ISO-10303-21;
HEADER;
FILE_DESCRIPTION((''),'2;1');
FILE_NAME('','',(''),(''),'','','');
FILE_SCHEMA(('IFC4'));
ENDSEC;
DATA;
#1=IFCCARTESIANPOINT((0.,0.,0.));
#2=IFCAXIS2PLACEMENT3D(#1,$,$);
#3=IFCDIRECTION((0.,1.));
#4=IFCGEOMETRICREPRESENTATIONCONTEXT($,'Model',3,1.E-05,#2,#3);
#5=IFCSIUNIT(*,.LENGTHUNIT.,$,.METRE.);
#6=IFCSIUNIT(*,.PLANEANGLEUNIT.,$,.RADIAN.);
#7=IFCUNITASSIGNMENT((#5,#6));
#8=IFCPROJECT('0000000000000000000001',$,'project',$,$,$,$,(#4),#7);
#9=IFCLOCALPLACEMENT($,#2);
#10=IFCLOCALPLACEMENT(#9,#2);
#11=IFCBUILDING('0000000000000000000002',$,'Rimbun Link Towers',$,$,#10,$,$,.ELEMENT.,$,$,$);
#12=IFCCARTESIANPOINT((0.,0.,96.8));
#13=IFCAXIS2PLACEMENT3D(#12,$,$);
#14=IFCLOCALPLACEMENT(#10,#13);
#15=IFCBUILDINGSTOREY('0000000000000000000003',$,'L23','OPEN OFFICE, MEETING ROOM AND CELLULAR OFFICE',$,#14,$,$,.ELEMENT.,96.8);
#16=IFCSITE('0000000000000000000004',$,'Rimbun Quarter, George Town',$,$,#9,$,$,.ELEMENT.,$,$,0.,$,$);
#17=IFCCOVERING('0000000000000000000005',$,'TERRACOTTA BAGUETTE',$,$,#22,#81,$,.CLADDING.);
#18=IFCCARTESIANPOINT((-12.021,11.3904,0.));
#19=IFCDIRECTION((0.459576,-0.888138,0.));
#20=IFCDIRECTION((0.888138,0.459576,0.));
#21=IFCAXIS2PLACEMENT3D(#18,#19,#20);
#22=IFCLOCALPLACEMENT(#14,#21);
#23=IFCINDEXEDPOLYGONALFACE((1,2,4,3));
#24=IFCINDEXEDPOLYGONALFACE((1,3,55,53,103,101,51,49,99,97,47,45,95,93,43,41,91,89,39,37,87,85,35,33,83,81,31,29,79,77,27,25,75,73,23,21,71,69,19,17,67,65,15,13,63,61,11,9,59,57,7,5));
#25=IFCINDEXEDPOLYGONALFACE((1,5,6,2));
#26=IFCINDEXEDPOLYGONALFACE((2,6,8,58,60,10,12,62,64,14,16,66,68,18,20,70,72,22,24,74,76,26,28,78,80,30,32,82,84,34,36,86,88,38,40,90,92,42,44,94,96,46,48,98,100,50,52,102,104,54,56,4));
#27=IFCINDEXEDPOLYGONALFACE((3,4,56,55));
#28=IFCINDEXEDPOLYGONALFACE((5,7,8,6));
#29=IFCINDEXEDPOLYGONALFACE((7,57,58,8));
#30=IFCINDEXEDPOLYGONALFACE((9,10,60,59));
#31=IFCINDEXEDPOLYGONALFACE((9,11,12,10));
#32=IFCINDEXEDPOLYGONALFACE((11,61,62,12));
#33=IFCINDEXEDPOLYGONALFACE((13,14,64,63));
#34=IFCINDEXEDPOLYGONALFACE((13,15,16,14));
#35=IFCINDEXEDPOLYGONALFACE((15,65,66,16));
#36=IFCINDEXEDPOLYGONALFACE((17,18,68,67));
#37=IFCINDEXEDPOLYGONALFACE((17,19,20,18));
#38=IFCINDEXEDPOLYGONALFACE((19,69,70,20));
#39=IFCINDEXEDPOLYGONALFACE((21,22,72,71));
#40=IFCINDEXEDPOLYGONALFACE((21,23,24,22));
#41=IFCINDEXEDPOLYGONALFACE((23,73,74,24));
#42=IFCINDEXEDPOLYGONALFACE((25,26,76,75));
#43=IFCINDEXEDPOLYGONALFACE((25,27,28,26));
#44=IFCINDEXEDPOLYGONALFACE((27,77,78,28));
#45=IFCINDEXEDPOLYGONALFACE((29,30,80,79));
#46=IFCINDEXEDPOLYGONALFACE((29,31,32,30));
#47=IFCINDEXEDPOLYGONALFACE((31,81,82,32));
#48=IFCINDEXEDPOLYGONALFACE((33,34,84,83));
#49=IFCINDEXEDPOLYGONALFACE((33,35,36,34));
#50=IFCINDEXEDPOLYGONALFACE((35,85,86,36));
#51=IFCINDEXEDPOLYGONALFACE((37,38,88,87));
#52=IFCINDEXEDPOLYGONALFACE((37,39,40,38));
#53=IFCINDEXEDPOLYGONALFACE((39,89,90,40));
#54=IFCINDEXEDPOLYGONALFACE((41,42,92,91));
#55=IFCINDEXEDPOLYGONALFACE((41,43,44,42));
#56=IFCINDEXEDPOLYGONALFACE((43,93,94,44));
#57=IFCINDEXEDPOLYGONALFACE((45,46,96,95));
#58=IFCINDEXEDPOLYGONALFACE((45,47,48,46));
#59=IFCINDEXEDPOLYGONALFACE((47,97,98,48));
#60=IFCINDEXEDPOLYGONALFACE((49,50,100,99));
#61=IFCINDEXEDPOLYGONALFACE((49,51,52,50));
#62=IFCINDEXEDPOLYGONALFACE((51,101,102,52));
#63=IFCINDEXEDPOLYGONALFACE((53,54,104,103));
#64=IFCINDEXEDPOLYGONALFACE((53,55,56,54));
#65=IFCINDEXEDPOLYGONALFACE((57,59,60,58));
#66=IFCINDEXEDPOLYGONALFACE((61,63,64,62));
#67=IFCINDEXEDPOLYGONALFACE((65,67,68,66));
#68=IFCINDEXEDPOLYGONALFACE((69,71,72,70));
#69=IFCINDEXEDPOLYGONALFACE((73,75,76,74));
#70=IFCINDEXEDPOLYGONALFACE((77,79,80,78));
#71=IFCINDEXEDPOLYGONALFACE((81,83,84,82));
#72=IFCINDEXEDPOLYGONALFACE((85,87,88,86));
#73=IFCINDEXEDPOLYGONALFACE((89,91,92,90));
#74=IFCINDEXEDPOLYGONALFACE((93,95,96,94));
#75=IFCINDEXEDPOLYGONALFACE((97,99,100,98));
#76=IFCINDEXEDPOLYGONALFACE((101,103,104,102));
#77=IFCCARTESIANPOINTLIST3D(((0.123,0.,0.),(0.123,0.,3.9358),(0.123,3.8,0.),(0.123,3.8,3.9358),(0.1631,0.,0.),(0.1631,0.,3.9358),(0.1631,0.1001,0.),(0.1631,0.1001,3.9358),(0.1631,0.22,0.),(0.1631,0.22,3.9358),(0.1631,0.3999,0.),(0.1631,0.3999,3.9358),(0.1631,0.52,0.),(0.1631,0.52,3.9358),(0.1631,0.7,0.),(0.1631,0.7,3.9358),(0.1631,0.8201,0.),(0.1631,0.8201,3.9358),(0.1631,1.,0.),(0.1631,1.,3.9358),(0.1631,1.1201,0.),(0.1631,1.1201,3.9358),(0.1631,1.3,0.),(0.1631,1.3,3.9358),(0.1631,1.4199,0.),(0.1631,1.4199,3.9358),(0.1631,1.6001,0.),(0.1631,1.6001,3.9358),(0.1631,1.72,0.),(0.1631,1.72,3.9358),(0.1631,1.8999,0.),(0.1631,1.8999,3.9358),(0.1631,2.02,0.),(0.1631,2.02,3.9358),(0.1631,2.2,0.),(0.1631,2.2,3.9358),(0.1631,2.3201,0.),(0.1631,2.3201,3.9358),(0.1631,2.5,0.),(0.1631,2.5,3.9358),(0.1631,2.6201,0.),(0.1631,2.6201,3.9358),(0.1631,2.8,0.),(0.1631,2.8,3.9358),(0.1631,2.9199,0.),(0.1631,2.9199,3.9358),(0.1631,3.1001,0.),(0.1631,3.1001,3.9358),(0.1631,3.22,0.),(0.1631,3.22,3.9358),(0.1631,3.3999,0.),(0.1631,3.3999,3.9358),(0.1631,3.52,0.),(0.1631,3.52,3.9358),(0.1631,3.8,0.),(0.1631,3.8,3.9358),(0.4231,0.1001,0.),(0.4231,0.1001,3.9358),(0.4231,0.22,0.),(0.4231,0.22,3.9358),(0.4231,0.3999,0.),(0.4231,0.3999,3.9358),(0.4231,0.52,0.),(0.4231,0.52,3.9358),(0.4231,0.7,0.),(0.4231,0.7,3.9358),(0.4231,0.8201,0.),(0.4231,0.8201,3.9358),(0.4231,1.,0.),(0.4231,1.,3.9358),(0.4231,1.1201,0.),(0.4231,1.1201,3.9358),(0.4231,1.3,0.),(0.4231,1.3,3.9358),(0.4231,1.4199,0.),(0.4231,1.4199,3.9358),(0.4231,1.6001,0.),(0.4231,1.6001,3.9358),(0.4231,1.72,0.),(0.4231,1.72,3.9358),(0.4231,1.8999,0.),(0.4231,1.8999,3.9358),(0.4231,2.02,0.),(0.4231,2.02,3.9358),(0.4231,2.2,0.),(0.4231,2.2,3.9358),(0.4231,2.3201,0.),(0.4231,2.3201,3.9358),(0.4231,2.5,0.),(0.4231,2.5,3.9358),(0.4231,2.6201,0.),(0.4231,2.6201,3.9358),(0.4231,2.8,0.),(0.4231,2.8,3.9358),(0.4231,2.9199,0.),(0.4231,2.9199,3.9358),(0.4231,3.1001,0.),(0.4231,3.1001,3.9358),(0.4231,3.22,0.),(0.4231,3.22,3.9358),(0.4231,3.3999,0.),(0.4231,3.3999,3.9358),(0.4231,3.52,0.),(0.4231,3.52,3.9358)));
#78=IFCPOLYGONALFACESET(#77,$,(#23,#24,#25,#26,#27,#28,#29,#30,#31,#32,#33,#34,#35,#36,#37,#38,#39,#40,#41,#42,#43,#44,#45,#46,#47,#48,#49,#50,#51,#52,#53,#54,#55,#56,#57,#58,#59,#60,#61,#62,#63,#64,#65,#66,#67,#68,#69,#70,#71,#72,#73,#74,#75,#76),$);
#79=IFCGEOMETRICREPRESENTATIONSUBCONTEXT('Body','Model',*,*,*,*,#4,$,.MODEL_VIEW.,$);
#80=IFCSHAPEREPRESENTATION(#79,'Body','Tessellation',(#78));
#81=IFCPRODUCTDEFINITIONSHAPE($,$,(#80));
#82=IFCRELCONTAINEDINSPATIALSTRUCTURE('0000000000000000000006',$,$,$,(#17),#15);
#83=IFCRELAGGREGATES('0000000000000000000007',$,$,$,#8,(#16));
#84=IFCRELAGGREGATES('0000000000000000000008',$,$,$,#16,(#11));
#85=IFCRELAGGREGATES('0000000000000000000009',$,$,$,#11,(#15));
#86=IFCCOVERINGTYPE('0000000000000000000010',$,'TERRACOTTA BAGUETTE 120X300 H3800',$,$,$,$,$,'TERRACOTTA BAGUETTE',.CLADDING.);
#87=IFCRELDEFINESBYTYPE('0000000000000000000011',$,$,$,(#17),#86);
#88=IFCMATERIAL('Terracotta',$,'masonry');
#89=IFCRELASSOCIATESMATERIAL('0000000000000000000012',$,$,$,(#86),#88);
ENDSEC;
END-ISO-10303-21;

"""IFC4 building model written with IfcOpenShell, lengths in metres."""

from ifc_helpers import new_model, si_unit, direction, frame, origin, place, context, subcontext, project, spatial, polyline, outline, extrude, material, material_profile, profile_set, type_object, element, save


model = new_model("IFC4")

# Units and contexts
model_context = context("Model", 3, precision=1e-05, world=origin(), true_north=direction((0.0, 1.0)))
body_context = subcontext(model_context, "Body", "Model", "MODEL_VIEW")
ifc_project = project(units=[si_unit("LENGTHUNIT", "METRE"), si_unit("PLANEANGLEUNIT", "RADIAN")], contexts=[model_context])

# Site, building, storey
site_placement = place(None, origin())
site = spatial("IfcSite", under=ifc_project, at=site_placement, Name="Rimbun Quarter, George Town", CompositionType="ELEMENT", RefElevation=0.0)
building_placement = place(site_placement, origin())
building = spatial("IfcBuilding", under=site, at=building_placement, Name="Rimbun Link Towers", CompositionType="ELEMENT")
storey_placement = place(building_placement, frame((0.0, 0.0, 96.8)))
storey = spatial("IfcBuildingStorey", under=building, at=storey_placement, Name="L23", Description="OPEN OFFICE, MEETING ROOM AND CELLULAR OFFICE", CompositionType="ELEMENT", Elevation=96.8)

# Covering
ifc_material_1 = material(Name="Terracotta", Category="masonry")
ifc_material_profile_1 = material_profile(ifc_material_1, outline(polyline([(0.123, 0.0), (0.1631, 0.0), (0.1631, 0.1001), (0.4231, 0.1001), (0.4231, 0.22), (0.1631, 0.22), (0.1631, 0.3999), (0.4231, 0.3999), (0.4231, 0.52), (0.1631, 0.52), (0.1631, 0.7), (0.4231, 0.7), (0.4231, 0.8201), (0.1631, 0.8201), (0.1631, 1.0), (0.4231, 1.0), (0.4231, 1.1201), (0.1631, 1.1201), (0.1631, 1.3), (0.4231, 1.3), (0.4231, 1.4199), (0.1631, 1.4199), (0.1631, 1.6001), (0.4231, 1.6001), (0.4231, 1.72), (0.1631, 1.72), (0.1631, 1.8999), (0.4231, 1.8999), (0.4231, 2.02), (0.1631, 2.02), (0.1631, 2.2), (0.4231, 2.2), (0.4231, 2.3201), (0.1631, 2.3201), (0.1631, 2.5), (0.4231, 2.5), (0.4231, 2.6201), (0.1631, 2.6201), (0.1631, 2.8), (0.4231, 2.8), (0.4231, 2.9199), (0.1631, 2.9199), (0.1631, 3.1001), (0.4231, 3.1001), (0.4231, 3.22), (0.1631, 3.22), (0.1631, 3.3999), (0.4231, 3.3999), (0.4231, 3.52), (0.1631, 3.52), (0.1631, 3.8), (0.123, 3.8), (0.123, 0.0)])), Name="BAGUETTE 120X300")
ifc_profile_set_1 = profile_set([ifc_material_profile_1], Name="Terracotta")
covering_type = type_object("IfcCoveringType", Name="TERRACOTTA BAGUETTE 120X300 H3800", ElementType="TERRACOTTA BAGUETTE", PredefinedType="CLADDING", material=ifc_profile_set_1)
covering_1_placement = place(storey_placement, frame((-12.021, 11.3904, 0.0), z_axis=(0.459576, -0.888138, 0.0), x_axis=(0.888138, 0.459576, 0.0)))
element("IfcCovering", 1, at=covering_1_placement, inside=storey, type_object=covering_type, Name="TERRACOTTA BAGUETTE", PredefinedType="CLADDING", context=body_context, shape_type="SweptSolid", body=[
    extrude(outline(polyline([(0.123, 0.0), (0.1631, 0.0), (0.1631, 0.1001), (0.4231, 0.1001), (0.4231, 0.22), (0.1631, 0.22), (0.1631, 0.3999), (0.4231, 0.3999), (0.4231, 0.52), (0.1631, 0.52), (0.1631, 0.7), (0.4231, 0.7), (0.4231, 0.8201), (0.1631, 0.8201), (0.1631, 1.0), (0.4231, 1.0), (0.4231, 1.1201), (0.1631, 1.1201), (0.1631, 1.3), (0.4231, 1.3), (0.4231, 1.4199), (0.1631, 1.4199), (0.1631, 1.6001), (0.4231, 1.6001), (0.4231, 1.72), (0.1631, 1.72), (0.1631, 1.8999), (0.4231, 1.8999), (0.4231, 2.02), (0.1631, 2.02), (0.1631, 2.2), (0.4231, 2.2), (0.4231, 2.3201), (0.1631, 2.3201), (0.1631, 2.5), (0.4231, 2.5), (0.4231, 2.6201), (0.1631, 2.6201), (0.1631, 2.8), (0.4231, 2.8), (0.4231, 2.9199), (0.1631, 2.9199), (0.1631, 3.1001), (0.4231, 3.1001), (0.4231, 3.22), (0.1631, 3.22), (0.1631, 3.3999), (0.4231, 3.3999), (0.4231, 3.52), (0.1631, 3.52), (0.1631, 3.8), (0.123, 3.8), (0.123, 0.0)])), origin(), (0.0, 0.0, 1.0), 3.9358),
])

save(model, "model.ifc")
